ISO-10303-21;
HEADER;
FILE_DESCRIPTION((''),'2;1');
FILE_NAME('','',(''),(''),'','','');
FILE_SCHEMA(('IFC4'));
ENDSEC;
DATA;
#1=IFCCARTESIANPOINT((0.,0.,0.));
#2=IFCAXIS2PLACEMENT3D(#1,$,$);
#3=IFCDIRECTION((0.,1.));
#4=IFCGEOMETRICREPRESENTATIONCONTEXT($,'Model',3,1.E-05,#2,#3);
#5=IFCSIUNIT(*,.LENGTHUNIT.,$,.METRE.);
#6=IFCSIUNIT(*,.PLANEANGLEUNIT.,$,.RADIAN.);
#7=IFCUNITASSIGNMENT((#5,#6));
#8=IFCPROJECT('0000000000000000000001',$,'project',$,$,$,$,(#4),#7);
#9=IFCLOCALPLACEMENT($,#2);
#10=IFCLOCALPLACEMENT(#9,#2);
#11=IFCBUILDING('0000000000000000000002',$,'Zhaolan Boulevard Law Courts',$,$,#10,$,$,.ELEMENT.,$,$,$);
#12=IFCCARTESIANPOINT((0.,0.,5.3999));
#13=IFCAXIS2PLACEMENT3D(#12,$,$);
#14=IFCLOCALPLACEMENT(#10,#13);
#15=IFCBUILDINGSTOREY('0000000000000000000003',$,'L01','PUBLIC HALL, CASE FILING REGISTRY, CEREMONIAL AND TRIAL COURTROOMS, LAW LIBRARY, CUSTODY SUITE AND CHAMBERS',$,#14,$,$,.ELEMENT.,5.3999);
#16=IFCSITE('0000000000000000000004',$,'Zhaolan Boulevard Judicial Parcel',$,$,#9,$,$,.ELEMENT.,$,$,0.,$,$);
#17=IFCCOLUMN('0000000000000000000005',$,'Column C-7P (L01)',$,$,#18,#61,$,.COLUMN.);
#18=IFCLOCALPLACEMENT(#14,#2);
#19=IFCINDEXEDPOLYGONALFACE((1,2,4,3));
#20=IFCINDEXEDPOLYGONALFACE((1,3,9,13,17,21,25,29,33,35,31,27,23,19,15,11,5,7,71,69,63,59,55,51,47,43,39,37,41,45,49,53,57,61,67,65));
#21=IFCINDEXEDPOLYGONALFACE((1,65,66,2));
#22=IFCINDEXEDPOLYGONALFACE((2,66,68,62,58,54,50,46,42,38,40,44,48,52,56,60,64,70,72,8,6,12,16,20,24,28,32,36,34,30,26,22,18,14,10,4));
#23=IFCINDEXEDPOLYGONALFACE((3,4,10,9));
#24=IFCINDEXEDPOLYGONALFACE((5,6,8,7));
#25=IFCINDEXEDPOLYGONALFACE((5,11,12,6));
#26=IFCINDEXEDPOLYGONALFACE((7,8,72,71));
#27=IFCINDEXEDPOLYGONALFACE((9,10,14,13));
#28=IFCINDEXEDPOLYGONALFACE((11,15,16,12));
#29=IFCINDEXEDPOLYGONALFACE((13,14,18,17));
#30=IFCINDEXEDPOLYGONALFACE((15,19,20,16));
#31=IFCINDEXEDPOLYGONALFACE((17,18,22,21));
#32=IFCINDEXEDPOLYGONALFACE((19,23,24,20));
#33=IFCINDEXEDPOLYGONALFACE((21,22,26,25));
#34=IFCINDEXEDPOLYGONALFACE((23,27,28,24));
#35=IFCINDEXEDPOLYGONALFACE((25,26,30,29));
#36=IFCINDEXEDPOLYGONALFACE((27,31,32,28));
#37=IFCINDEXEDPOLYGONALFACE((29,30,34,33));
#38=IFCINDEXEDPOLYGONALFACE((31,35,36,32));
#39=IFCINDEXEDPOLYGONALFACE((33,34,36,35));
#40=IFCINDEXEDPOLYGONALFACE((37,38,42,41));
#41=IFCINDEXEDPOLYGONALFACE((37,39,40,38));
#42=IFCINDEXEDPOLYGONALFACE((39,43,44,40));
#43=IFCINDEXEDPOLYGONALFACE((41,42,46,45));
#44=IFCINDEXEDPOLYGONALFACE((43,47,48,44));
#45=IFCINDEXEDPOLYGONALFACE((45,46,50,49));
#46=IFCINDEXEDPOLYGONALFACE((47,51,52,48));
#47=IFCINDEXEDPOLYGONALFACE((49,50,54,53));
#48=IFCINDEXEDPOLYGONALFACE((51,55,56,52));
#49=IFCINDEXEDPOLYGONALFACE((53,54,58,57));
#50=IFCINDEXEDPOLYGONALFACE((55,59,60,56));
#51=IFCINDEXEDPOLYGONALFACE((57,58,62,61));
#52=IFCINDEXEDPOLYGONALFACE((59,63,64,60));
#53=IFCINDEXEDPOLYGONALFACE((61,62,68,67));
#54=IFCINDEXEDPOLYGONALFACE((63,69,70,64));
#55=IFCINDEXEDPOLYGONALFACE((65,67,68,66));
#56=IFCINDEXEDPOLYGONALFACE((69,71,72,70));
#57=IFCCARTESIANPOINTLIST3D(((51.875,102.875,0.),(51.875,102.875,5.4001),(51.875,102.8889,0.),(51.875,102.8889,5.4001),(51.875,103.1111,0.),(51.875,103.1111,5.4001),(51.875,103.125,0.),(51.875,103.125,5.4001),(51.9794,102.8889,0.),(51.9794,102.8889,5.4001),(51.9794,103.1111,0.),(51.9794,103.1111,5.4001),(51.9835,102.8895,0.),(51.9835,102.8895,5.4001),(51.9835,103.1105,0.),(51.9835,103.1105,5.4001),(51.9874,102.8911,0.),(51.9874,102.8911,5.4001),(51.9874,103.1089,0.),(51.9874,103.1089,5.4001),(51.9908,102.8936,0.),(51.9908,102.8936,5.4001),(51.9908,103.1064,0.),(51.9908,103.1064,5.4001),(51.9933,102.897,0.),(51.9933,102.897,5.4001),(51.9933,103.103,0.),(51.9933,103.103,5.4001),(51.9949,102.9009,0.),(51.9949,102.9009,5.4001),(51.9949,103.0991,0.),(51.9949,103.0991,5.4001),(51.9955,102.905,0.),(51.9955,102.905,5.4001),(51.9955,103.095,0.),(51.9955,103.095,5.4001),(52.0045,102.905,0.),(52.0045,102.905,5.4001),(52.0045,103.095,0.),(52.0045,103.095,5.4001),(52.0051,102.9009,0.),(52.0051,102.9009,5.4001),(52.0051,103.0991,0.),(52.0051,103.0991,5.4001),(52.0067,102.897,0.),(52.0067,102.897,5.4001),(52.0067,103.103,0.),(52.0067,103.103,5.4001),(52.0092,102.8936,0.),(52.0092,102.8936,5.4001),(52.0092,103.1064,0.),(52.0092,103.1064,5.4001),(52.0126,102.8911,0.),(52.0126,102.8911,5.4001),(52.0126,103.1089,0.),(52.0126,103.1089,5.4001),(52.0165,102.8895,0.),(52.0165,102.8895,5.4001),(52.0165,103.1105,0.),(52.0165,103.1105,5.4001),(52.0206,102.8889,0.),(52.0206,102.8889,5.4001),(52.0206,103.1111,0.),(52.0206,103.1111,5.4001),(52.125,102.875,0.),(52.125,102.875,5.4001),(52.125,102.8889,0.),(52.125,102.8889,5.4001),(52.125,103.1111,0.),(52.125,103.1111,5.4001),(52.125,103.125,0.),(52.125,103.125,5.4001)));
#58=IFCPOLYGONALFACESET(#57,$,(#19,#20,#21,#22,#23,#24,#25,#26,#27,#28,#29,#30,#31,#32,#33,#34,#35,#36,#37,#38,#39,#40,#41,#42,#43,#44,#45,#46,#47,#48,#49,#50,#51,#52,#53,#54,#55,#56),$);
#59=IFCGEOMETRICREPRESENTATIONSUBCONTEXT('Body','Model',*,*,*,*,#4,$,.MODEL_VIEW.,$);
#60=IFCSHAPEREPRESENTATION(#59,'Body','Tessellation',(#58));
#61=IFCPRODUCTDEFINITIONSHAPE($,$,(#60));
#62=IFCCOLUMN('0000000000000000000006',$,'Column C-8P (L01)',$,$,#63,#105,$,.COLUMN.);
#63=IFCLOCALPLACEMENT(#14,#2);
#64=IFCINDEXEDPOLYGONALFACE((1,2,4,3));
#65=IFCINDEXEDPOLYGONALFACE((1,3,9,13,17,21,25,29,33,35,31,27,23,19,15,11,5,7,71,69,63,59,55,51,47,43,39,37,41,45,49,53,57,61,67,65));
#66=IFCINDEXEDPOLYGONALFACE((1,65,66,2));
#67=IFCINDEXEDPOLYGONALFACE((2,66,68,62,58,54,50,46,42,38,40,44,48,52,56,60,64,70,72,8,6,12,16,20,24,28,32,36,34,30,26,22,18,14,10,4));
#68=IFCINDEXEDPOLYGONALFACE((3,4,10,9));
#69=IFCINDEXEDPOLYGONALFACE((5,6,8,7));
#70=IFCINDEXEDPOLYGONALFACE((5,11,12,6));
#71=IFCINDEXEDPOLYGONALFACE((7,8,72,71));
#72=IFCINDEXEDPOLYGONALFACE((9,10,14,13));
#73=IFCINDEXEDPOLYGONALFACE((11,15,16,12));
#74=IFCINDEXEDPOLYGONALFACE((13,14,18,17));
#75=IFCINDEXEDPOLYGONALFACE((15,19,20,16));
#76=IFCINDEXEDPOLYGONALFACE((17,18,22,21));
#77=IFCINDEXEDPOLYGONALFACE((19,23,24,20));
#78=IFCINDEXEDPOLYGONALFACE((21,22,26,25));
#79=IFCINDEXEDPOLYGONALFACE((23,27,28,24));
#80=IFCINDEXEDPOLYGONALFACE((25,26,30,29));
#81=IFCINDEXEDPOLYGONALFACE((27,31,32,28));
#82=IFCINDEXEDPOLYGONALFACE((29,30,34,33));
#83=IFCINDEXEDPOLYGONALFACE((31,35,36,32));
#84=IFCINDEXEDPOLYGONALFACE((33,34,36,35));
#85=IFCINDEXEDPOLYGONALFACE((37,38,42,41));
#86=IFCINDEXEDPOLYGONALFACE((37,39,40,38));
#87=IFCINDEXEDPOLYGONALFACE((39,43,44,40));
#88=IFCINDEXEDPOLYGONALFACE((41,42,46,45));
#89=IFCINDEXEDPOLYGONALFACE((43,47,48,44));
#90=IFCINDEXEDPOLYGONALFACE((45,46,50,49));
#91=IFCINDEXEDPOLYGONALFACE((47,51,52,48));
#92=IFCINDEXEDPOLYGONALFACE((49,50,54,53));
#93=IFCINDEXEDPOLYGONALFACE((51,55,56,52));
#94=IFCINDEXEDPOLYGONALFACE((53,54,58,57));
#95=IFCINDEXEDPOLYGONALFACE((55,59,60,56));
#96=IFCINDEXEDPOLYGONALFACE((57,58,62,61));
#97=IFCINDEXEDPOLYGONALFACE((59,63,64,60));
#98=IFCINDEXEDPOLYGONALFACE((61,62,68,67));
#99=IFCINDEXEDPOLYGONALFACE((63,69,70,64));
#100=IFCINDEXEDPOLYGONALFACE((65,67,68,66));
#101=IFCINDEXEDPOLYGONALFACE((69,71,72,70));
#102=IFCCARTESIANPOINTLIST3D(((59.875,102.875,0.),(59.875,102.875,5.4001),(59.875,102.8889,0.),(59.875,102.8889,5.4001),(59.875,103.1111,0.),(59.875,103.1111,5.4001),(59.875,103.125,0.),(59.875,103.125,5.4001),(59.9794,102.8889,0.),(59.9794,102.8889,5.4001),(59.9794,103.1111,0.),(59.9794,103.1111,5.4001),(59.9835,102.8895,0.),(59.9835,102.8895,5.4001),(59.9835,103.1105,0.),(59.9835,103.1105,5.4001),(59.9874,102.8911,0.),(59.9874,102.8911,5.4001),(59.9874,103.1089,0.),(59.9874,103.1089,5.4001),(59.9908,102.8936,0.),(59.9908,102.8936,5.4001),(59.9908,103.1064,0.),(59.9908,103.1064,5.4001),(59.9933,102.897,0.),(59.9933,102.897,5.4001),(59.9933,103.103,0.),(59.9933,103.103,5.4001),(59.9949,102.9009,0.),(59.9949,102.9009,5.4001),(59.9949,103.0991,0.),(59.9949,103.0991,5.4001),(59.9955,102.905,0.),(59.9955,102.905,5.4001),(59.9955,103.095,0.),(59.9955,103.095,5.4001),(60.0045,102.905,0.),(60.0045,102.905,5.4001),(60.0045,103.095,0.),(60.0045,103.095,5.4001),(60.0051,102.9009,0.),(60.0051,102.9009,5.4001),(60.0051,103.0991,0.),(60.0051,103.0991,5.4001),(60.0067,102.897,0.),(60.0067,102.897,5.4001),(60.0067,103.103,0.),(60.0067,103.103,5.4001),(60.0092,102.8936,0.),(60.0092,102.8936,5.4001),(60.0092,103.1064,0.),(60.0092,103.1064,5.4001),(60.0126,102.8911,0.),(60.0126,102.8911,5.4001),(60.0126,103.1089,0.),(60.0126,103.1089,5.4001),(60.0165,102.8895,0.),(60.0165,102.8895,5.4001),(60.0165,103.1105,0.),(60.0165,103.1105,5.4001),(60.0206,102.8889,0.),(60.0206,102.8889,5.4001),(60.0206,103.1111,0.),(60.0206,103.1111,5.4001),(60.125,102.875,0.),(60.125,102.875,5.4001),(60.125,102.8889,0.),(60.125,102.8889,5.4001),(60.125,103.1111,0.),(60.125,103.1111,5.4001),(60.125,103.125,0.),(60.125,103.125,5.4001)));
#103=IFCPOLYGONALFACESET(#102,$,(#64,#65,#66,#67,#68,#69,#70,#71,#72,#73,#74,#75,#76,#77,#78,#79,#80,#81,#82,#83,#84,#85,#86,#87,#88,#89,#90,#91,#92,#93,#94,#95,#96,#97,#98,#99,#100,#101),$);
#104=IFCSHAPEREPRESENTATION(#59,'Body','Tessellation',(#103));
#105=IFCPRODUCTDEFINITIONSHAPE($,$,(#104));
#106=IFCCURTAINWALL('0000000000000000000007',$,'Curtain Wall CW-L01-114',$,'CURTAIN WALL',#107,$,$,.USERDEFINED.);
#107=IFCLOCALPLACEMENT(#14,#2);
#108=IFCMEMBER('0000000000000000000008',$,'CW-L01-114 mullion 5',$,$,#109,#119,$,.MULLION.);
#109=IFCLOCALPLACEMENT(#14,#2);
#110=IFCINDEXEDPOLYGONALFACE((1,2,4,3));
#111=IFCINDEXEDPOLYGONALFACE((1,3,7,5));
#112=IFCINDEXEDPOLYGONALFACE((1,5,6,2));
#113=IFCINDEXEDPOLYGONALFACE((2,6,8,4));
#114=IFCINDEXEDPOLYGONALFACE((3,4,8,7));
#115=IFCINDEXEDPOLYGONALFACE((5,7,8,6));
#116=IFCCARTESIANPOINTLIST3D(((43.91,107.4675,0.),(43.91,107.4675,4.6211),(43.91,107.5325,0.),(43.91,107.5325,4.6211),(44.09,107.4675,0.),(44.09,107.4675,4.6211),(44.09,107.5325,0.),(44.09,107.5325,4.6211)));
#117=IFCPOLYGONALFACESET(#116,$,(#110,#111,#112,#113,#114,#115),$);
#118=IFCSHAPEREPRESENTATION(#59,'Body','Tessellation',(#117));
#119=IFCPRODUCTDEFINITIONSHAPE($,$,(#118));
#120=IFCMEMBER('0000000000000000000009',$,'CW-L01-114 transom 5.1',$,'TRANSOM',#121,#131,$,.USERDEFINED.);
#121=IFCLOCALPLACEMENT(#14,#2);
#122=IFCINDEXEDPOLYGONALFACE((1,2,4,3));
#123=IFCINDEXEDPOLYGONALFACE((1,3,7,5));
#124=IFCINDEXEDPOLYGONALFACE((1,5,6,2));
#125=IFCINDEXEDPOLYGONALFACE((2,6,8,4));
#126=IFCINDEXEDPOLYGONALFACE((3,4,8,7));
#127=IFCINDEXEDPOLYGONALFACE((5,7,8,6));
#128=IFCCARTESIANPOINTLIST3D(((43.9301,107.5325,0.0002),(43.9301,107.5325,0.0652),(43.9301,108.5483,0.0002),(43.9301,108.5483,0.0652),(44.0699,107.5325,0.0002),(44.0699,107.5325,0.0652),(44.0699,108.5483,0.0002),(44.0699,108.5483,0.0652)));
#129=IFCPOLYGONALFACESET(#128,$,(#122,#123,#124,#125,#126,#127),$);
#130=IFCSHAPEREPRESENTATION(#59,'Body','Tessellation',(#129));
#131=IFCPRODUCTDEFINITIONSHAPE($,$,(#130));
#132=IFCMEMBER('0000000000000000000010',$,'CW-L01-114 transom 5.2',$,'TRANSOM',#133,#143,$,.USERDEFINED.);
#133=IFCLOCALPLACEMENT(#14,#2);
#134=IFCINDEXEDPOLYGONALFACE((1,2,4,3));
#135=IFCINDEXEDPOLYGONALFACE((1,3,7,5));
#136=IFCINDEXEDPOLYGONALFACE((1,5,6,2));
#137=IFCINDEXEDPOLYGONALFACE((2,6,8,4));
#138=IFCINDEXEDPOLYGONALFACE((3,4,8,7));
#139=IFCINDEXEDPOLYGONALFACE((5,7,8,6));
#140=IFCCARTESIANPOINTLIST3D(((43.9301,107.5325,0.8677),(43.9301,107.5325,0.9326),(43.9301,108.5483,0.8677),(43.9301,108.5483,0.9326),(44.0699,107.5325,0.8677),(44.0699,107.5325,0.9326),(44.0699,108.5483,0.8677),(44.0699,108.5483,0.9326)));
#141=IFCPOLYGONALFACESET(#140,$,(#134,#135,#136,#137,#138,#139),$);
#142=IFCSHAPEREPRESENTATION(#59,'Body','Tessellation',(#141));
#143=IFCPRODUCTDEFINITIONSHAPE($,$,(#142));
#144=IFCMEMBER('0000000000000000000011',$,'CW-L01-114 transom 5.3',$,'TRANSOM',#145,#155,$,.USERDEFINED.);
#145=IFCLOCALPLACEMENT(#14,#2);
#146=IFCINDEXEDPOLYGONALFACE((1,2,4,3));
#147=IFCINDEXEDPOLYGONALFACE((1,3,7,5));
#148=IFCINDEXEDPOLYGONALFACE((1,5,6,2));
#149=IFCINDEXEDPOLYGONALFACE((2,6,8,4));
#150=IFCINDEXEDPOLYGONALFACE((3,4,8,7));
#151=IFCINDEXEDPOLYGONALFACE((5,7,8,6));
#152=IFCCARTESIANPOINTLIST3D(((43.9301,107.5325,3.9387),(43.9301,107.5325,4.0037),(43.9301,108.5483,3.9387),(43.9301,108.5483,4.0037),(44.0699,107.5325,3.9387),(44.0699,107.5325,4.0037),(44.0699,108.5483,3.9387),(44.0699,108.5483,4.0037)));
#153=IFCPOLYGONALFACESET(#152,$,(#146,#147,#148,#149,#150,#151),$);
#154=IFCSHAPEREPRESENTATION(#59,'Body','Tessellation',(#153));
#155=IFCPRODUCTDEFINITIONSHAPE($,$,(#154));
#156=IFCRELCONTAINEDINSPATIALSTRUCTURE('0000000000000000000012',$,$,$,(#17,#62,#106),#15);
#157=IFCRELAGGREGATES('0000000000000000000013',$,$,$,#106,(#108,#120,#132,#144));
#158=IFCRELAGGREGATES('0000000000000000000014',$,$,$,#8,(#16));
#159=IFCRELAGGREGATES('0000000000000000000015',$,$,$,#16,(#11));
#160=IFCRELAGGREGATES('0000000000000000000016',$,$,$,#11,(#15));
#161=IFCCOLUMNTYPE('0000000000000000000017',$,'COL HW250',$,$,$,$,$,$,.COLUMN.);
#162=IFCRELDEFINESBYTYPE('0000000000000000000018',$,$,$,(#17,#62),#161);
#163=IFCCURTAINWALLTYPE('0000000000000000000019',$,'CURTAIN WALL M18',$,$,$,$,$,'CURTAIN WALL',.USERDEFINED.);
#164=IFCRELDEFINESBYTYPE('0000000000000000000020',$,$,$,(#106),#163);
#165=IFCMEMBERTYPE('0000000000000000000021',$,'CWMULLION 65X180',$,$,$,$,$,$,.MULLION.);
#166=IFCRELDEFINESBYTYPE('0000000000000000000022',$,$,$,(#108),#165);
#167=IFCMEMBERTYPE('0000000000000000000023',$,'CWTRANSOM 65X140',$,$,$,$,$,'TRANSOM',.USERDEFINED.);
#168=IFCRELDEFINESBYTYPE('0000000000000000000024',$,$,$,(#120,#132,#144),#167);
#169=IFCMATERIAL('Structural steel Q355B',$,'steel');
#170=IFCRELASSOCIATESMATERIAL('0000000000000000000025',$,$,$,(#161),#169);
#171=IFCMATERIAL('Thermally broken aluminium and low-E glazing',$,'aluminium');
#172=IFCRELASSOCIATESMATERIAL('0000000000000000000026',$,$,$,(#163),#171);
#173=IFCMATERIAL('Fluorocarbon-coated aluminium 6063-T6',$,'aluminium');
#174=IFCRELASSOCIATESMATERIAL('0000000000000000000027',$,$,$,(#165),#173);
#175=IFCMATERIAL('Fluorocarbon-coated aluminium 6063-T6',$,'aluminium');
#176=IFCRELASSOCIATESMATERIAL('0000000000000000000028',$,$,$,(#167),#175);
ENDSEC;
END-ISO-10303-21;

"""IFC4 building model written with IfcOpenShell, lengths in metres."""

from ifc_helpers import new_model, si_unit, direction, frame, origin, origin_2d, place, context, subcontext, project, spatial, rectangle, i_section, extrude, material, material_profile, profile_set, type_object, element, aggregate, save


model = new_model("IFC4")

# Units and contexts
model_context = context("Model", 3, precision=1e-05, world=origin(), true_north=direction((0.0, 1.0)))
body_context = subcontext(model_context, "Body", "Model", "MODEL_VIEW")
ifc_project = project(units=[si_unit("LENGTHUNIT", "METRE"), si_unit("PLANEANGLEUNIT", "RADIAN")], contexts=[model_context])

# Site, building, storey
site_placement = place(None, origin())
site = spatial("IfcSite", under=ifc_project, at=site_placement, Name="Zhaolan Boulevard Judicial Parcel", CompositionType="ELEMENT", RefElevation=0.0)
building_placement = place(site_placement, origin())
building = spatial("IfcBuilding", under=site, at=building_placement, Name="Zhaolan Boulevard Law Courts", CompositionType="ELEMENT")
storey_placement = place(building_placement, frame((0.0, 0.0, 5.3999)))
storey = spatial("IfcBuildingStorey", under=building, at=storey_placement, Name="L01", Description="PUBLIC HALL, CASE FILING REGISTRY, CEREMONIAL AND TRIAL COURTROOMS, LAW LIBRARY, CUSTODY SUITE AND CHAMBERS", CompositionType="ELEMENT", Elevation=5.3999)

# Columns
ifc_material_1 = material(Name="Structural steel Q355B", Category="steel")
ifc_material_profile_1 = material_profile(ifc_material_1, i_section(OverallWidth=0.25, OverallDepth=0.25, WebThickness=0.009, FlangeThickness=0.0139, FilletRadius=0.0161, at=origin_2d()), Name="HW250x250")
ifc_profile_set_1 = profile_set([ifc_material_profile_1], Name="Structural steel Q355B")
column_type = type_object("IfcColumnType", Name="COL HW250", PredefinedType="COLUMN", material=ifc_profile_set_1)
for number, where, z_axis, x_axis, name in (
    (1, (52.0, 103.0, 0.0), (0.0, 0.0, 1.0), (1.0, 0.0, 0.0), "Column C-7P (L01)"),
    (2, (60.0, 103.0, 0.0), (0.0, 0.0, 1.0), (1.0, 0.0, 0.0), "Column C-8P (L01)"),
):
    element("IfcColumn", number, at=place(storey_placement, frame(where, z_axis=z_axis, x_axis=x_axis)), inside=storey, type_object=column_type, Name=name, PredefinedType="COLUMN", context=body_context, shape_type="SweptSolid", body=[
        extrude(i_section(OverallWidth=0.25, OverallDepth=0.25, WebThickness=0.009, FlangeThickness=0.0139, FilletRadius=0.0161, at=origin_2d()), origin(), (0.0, 0.0, 1.0), 5.4001),
    ])

# Curtain wall, members
ifc_material_2 = material(Name="Thermally broken aluminium and low-E glazing", Category="aluminium")
curtain_wall_type = type_object("IfcCurtainWallType", Name="CURTAIN WALL M18", ElementType="CURTAIN WALL", PredefinedType="USERDEFINED", material=ifc_material_2)
curtain_wall_placement = place(storey_placement, origin())
curtain_wall = element("IfcCurtainWall", 3, at=curtain_wall_placement, inside=storey, type_object=curtain_wall_type, Name="Curtain Wall CW-L01-114", ObjectType="CURTAIN WALL", PredefinedType="USERDEFINED")
ifc_material_3 = material(Name="Fluorocarbon-coated aluminium 6063-T6", Category="aluminium")
ifc_material_profile_2 = material_profile(ifc_material_3, rectangle(XDim=0.1799, YDim=0.0649, at=origin_2d()), Name="AL65x180")
ifc_profile_set_2 = profile_set([ifc_material_profile_2], Name="Fluorocarbon-coated aluminium 6063-T6")
member_type_1 = type_object("IfcMemberType", Name="CWMULLION 65X180", PredefinedType="MULLION", material=ifc_profile_set_2)
member_1_placement = place(storey_placement, frame((44.0, 107.5, 0.0), z_axis=(0.0, 0.0, 1.0), x_axis=(-1.0, 0.0, 0.0)))
member_1 = element("IfcMember", 4, at=member_1_placement, type_object=member_type_1, Name="CW-L01-114 mullion 5", PredefinedType="MULLION", context=body_context, shape_type="SweptSolid", body=[
    extrude(rectangle(XDim=0.1799, YDim=0.0649, at=origin_2d()), origin(), (0.0, 0.0, 1.0), 4.6211),
])
ifc_material_4 = material(Name="Fluorocarbon-coated aluminium 6063-T6", Category="aluminium")
ifc_material_profile_3 = material_profile(ifc_material_4, rectangle(XDim=0.1399, YDim=0.0649, at=origin_2d()), Name="AL65x140")
ifc_profile_set_3 = profile_set([ifc_material_profile_3], Name="Fluorocarbon-coated aluminium 6063-T6")
member_type_2 = type_object("IfcMemberType", Name="CWTRANSOM 65X140", ElementType="TRANSOM", PredefinedType="USERDEFINED", material=ifc_profile_set_3)
member_2_placement = place(storey_placement, frame((44.0, 107.5325, 0.0327), z_axis=(0.0, 1.0, 0.0), x_axis=(-1.0, 0.0, 0.0)))
member_2 = element("IfcMember", 5, at=member_2_placement, type_object=member_type_2, Name="CW-L01-114 transom 5.1", ObjectType="TRANSOM", PredefinedType="USERDEFINED", context=body_context, shape_type="SweptSolid", body=[
    extrude(rectangle(XDim=0.1399, YDim=0.0649, at=origin_2d()), origin(), (0.0, 0.0, 1.0), 1.0159),
])
member_3_placement = place(storey_placement, frame((44.0, 107.5325, 0.9001), z_axis=(0.0, 1.0, 0.0), x_axis=(-1.0, 0.0, 0.0)))
member_3 = element("IfcMember", 6, at=member_3_placement, type_object=member_type_2, Name="CW-L01-114 transom 5.2", ObjectType="TRANSOM", PredefinedType="USERDEFINED", context=body_context, shape_type="SweptSolid", body=[
    extrude(rectangle(XDim=0.1399, YDim=0.0649, at=origin_2d()), origin(), (0.0, 0.0, 1.0), 1.0159),
])
member_4_placement = place(storey_placement, frame((44.0, 107.5325, 3.9712), z_axis=(0.0, 1.0, 0.0), x_axis=(-1.0, 0.0, 0.0)))
member_4 = element("IfcMember", 7, at=member_4_placement, type_object=member_type_2, Name="CW-L01-114 transom 5.3", ObjectType="TRANSOM", PredefinedType="USERDEFINED", context=body_context, shape_type="SweptSolid", body=[
    extrude(rectangle(XDim=0.1399, YDim=0.0649, at=origin_2d()), origin(), (0.0, 0.0, 1.0), 1.0159),
])

aggregate(curtain_wall, [member_1, member_2, member_3, member_4])

save(model, "model.ifc")
